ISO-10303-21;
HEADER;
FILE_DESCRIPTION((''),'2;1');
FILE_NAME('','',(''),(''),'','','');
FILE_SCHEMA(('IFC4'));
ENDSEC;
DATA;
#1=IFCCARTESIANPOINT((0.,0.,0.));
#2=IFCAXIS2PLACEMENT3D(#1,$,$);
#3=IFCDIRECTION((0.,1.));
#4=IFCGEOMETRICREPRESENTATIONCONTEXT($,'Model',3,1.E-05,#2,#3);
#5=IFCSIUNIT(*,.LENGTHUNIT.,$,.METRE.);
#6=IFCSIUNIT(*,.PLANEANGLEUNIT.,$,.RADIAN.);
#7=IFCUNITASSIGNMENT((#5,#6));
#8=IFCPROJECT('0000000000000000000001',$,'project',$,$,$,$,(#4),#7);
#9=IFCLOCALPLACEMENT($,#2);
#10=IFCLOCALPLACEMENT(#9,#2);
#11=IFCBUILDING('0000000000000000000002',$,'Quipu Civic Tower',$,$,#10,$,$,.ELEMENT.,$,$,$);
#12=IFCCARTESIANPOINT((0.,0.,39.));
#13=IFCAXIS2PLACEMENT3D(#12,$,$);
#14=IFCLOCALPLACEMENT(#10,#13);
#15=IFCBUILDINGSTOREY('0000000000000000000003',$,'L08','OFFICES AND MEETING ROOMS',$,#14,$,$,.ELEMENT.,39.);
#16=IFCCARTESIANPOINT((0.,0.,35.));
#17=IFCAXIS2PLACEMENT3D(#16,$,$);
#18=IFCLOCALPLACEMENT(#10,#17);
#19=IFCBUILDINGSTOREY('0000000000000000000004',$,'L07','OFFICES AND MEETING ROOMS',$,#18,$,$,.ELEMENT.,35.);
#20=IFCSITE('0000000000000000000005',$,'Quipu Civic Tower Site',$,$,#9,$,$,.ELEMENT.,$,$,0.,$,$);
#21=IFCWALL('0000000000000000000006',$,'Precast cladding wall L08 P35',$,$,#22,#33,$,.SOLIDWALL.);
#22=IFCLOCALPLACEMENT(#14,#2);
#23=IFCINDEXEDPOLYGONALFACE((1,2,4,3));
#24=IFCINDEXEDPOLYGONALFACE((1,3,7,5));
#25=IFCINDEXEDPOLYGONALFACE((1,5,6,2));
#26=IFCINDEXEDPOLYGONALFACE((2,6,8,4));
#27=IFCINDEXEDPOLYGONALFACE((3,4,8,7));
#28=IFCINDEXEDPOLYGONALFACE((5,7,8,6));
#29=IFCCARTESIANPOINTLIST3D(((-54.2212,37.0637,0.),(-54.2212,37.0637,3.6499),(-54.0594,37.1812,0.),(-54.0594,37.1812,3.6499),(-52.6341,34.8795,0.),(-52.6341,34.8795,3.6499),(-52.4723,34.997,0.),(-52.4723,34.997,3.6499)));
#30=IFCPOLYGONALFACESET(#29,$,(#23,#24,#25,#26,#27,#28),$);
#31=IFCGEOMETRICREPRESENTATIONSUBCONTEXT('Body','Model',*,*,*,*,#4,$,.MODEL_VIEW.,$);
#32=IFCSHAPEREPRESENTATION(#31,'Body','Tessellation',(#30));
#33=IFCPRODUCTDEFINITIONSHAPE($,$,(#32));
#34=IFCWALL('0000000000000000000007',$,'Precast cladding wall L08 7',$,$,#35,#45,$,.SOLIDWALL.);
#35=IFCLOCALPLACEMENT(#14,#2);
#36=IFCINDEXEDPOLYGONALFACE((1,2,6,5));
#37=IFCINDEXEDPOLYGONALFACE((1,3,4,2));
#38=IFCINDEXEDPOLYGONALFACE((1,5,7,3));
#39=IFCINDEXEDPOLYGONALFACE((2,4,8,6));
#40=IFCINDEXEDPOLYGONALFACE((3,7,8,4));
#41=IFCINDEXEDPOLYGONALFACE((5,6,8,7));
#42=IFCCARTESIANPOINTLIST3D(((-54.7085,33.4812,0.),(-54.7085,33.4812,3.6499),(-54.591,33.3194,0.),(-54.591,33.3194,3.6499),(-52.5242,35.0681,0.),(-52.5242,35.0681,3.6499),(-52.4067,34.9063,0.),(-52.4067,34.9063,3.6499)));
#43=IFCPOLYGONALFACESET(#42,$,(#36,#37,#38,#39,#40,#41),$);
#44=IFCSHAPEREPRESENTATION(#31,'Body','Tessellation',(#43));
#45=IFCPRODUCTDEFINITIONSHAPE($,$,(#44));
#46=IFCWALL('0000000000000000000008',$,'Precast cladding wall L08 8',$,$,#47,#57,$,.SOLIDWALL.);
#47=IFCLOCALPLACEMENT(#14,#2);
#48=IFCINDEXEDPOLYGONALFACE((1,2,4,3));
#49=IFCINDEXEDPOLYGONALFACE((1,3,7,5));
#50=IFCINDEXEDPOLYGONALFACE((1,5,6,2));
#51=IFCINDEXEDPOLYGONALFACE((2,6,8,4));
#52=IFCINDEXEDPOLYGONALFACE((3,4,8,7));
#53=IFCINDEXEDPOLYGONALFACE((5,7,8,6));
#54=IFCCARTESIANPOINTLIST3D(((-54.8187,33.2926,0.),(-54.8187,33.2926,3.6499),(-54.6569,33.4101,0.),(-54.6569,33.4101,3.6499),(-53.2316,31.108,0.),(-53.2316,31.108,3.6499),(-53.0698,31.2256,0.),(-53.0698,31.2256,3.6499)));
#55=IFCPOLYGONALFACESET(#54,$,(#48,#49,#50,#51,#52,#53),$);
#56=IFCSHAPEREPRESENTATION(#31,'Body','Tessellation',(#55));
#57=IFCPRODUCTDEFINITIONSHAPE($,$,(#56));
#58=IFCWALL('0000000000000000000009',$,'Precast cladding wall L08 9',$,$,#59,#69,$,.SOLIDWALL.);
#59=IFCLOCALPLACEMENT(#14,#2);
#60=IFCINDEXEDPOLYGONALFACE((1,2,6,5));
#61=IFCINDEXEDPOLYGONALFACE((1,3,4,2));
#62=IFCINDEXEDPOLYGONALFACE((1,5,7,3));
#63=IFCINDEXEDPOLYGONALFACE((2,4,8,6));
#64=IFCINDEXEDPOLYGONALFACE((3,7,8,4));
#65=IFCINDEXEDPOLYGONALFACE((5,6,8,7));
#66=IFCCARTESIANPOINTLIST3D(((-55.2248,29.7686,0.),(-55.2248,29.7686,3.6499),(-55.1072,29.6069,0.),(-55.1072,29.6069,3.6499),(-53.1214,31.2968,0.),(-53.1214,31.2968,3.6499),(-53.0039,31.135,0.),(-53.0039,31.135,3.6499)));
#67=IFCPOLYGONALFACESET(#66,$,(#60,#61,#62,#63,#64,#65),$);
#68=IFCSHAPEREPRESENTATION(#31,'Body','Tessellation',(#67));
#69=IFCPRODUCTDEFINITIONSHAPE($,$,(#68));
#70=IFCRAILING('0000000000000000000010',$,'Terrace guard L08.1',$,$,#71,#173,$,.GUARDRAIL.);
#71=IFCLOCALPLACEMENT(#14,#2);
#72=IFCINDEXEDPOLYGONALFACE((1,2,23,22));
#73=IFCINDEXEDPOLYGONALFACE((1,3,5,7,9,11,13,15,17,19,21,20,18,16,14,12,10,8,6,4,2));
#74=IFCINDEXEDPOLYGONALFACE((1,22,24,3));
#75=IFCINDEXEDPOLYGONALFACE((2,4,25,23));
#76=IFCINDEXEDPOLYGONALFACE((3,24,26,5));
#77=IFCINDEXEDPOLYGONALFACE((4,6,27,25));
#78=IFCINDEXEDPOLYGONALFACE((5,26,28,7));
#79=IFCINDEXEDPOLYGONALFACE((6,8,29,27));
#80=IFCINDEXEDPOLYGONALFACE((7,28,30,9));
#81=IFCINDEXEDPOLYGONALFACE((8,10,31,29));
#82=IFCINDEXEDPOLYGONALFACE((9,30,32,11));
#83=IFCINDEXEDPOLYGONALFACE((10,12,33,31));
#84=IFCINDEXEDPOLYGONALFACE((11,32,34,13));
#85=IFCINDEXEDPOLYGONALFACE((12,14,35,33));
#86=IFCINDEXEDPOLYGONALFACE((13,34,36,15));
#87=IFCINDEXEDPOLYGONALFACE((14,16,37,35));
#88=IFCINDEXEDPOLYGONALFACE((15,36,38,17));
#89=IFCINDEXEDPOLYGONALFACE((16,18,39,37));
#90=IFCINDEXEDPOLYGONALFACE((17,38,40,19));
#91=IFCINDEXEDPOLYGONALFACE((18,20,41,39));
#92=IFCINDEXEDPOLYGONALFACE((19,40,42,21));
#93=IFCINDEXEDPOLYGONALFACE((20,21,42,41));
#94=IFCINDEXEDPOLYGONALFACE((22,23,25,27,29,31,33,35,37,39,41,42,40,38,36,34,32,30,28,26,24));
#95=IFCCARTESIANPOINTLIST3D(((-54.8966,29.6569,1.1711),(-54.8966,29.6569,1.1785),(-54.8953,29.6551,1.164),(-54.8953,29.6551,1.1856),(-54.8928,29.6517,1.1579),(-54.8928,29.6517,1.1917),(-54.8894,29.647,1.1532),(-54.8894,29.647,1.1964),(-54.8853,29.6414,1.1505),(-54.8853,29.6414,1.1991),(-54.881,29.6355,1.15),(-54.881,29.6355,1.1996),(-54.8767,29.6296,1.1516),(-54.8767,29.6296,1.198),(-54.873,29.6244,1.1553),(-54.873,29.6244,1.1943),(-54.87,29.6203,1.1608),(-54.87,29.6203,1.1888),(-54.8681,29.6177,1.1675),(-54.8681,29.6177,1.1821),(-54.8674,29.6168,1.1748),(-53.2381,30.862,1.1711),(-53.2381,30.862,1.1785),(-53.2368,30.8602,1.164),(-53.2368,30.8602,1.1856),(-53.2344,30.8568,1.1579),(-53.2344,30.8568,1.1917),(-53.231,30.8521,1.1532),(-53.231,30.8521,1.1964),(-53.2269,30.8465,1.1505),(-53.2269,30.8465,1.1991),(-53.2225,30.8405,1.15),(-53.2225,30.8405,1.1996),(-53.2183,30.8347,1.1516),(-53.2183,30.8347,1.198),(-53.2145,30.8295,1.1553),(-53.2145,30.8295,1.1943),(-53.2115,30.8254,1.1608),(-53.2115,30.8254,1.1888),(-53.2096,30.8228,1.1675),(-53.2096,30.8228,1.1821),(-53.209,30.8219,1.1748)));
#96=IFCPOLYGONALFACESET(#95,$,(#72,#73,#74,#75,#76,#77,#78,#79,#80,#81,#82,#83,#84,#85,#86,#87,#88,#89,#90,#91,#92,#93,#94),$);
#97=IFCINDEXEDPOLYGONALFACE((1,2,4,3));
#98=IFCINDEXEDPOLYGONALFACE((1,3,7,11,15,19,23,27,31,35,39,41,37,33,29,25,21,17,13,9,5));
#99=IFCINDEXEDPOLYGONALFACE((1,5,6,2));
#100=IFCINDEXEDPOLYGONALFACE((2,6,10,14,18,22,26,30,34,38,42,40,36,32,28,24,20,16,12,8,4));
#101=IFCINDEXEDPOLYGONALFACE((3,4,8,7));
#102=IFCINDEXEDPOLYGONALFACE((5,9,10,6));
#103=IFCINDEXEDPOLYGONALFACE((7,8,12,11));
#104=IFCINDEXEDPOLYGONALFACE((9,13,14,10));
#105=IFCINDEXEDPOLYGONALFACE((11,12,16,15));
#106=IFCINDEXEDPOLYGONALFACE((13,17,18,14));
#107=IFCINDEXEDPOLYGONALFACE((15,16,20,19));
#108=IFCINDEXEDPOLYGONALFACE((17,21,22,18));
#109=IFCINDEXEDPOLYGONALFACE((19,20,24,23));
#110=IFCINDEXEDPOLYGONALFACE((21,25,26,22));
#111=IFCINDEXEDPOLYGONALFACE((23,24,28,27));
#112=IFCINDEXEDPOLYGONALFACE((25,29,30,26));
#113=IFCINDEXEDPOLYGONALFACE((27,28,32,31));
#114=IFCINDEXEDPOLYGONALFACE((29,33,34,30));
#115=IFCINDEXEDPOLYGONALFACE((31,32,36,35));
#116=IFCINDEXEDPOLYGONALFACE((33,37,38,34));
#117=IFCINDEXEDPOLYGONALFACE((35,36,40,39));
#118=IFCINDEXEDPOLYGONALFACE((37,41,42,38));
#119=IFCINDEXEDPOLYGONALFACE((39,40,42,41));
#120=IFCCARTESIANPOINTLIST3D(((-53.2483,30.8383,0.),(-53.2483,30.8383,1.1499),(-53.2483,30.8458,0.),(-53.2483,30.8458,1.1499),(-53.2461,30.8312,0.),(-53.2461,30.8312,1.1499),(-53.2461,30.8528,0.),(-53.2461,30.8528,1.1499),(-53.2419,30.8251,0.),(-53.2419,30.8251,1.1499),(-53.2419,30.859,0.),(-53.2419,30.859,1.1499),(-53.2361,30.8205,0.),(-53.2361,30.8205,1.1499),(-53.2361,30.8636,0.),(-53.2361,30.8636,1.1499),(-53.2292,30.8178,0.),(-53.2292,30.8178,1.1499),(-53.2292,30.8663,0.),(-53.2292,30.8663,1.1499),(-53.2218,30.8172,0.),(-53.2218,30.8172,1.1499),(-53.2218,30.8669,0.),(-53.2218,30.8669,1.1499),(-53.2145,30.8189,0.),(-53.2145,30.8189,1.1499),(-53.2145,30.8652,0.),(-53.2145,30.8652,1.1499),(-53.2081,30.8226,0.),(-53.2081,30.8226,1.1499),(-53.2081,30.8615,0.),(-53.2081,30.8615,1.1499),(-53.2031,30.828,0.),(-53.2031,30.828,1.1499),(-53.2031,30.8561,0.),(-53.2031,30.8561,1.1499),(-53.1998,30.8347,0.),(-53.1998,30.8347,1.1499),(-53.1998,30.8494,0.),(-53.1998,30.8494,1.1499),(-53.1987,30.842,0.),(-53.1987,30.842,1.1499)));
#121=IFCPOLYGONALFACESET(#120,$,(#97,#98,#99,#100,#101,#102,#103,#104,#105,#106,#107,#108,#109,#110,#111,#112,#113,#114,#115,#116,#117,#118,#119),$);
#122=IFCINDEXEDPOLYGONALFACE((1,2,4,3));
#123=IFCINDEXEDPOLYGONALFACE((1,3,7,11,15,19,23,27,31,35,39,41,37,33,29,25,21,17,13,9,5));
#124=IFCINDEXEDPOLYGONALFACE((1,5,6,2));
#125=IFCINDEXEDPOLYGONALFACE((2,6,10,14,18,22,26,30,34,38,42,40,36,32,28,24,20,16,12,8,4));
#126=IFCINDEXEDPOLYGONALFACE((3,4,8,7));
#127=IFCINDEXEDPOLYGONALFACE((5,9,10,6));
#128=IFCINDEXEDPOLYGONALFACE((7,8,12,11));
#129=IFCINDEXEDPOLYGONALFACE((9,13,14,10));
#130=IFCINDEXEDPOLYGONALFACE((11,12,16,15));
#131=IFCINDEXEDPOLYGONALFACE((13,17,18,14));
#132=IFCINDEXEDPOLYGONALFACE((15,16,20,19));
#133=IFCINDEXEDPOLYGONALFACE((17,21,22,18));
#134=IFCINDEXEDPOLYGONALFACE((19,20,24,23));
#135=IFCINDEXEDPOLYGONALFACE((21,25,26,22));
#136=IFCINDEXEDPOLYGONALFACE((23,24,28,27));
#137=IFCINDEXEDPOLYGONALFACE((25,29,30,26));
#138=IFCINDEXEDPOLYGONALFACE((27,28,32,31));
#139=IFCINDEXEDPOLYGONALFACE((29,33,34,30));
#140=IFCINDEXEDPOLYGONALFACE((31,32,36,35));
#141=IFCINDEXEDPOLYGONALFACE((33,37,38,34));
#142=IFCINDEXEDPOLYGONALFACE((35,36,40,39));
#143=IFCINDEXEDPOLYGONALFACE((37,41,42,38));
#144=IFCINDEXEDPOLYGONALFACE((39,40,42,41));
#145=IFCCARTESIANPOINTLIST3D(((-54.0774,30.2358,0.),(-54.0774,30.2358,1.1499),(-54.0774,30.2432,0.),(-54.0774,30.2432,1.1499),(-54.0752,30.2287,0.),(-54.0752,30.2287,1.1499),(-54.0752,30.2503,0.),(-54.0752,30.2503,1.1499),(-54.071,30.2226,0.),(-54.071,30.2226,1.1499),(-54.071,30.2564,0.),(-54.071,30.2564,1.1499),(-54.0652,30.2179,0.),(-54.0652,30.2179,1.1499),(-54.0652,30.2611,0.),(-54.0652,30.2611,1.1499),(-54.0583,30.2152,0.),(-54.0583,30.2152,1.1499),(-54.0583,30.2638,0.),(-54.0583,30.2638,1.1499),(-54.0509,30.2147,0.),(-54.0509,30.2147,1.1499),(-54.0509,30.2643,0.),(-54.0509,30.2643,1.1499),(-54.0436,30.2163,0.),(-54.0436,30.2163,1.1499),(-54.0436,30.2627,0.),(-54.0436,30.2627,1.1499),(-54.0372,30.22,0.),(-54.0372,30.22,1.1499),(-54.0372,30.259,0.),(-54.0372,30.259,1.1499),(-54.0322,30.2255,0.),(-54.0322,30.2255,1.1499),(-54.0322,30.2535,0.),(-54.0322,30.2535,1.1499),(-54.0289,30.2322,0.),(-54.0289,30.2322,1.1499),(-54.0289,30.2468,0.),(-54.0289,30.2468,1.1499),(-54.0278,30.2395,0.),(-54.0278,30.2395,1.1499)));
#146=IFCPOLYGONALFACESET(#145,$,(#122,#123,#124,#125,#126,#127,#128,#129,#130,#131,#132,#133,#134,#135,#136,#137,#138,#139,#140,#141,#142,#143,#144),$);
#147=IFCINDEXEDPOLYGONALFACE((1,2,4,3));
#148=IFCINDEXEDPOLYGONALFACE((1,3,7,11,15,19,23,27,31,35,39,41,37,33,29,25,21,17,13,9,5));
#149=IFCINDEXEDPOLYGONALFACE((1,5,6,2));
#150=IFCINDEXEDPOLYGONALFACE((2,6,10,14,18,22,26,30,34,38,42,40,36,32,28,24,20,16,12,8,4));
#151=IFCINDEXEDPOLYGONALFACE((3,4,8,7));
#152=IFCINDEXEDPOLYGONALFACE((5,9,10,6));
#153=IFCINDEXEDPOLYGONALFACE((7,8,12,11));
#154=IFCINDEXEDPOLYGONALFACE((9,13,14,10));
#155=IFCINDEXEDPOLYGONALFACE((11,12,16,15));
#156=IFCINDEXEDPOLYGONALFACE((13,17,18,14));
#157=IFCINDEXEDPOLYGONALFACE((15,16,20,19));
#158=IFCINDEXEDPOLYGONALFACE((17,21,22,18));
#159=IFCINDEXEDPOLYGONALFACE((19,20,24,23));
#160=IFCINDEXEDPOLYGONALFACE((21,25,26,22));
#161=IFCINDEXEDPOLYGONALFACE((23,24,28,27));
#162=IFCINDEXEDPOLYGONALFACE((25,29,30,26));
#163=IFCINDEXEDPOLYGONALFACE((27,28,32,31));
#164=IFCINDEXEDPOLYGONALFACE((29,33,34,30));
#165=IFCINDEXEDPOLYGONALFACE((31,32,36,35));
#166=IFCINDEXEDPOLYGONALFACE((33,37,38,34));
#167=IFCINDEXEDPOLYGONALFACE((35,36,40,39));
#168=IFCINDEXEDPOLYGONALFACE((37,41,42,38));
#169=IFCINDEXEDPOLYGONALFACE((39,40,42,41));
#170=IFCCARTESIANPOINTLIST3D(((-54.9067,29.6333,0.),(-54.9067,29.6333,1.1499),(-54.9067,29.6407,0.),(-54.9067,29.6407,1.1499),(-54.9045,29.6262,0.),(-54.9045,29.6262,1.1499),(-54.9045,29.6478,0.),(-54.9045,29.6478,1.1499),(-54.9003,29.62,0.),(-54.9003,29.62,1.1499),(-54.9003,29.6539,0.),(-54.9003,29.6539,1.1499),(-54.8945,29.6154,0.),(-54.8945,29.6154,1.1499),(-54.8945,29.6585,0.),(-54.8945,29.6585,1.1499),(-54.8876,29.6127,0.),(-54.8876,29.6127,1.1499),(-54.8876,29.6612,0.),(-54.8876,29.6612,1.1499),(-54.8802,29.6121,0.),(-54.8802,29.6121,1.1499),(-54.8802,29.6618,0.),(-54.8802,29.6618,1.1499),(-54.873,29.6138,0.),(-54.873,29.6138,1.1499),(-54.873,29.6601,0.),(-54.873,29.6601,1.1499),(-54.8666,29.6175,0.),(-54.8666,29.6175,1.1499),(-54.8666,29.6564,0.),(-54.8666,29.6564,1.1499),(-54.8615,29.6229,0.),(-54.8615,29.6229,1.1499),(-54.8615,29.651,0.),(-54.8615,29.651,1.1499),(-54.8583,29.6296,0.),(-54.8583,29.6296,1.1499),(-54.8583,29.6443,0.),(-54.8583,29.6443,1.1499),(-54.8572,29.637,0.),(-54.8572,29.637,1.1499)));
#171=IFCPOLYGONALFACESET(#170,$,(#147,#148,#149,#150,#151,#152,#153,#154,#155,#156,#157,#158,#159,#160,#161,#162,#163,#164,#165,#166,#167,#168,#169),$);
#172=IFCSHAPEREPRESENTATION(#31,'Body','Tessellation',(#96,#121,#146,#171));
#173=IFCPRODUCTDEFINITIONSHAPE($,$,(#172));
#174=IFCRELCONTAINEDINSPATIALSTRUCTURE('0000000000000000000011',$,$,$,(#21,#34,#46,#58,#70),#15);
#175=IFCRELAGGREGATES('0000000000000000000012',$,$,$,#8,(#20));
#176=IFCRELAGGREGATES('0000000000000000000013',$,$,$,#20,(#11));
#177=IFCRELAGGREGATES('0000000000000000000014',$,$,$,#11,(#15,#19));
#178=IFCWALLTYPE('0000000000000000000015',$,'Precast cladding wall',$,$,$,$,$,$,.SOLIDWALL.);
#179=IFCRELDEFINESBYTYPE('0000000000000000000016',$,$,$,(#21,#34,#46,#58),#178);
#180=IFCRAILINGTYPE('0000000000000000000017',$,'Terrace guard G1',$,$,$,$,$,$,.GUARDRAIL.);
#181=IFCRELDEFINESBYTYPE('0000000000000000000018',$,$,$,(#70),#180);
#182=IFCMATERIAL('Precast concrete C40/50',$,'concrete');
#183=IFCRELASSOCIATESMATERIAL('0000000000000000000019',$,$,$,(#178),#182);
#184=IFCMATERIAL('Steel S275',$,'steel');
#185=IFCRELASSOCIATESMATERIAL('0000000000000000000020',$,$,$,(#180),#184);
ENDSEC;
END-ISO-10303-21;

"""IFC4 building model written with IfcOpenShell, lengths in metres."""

from ifc_helpers import new_model, si_unit, direction, frame, frame_2d, origin, origin_2d, place, context, subcontext, project, spatial, rectangle, circle, extrude, material, type_object, element, save


model = new_model("IFC4")

# Units and contexts
model_context = context("Model", 3, precision=1e-05, world=origin(), true_north=direction((0.0, 1.0)))
body_context = subcontext(model_context, "Body", "Model", "MODEL_VIEW")
ifc_project = project(units=[si_unit("LENGTHUNIT", "METRE"), si_unit("PLANEANGLEUNIT", "RADIAN")], contexts=[model_context])

# Site, building, storey
site_placement = place(None, origin())
site = spatial("IfcSite", under=ifc_project, at=site_placement, Name="Quipu Civic Tower Site", CompositionType="ELEMENT", RefElevation=0.0)
building_placement = place(site_placement, origin())
building = spatial("IfcBuilding", under=site, at=building_placement, Name="Quipu Civic Tower", CompositionType="ELEMENT")
storey_1_placement = place(building_placement, frame((0.0, 0.0, 39.0)))
storey_1 = spatial("IfcBuildingStorey", under=building, at=storey_1_placement, Name="L08", Description="OFFICES AND MEETING ROOMS", CompositionType="ELEMENT", Elevation=39.0)

# Shared definitions
storey_2_placement = place(building_placement, frame((0.0, 0.0, 35.0)))
storey_2 = spatial("IfcBuildingStorey", under=building, at=storey_2_placement, Name="L07", Description="OFFICES AND MEETING ROOMS", CompositionType="ELEMENT", Elevation=35.0)

# Walls
ifc_material_1 = material(Name="Precast concrete C40/50", Category="concrete")
wall_type_1 = type_object("IfcWallType", Name="Precast cladding wall", PredefinedType="SOLIDWALL", material=ifc_material_1)
for number, where, z_axis, x_axis, name in (
    (1, (-54.1404, 37.1226, 0.0), (0.0, 0.0, 1.0), (0.587822, -0.80899, 0.0), "Precast cladding wall L08 P35"),
    (2, (-52.4653, 34.9873, 0.0), (0.0, 0.0, 1.0), (-0.809033, -0.587763, 0.0), "Precast cladding wall L08 7"),
):
    element("IfcWall", number, at=place(storey_1_placement, frame(where, z_axis=z_axis, x_axis=x_axis)), inside=storey_1, type_object=wall_type_1, Name=name, PredefinedType="SOLIDWALL", context=body_context, shape_type="SweptSolid", body=[
        extrude(rectangle(XDim=2.7, YDim=0.2, at=frame_2d((1.3501, 0.0))), origin(), (0.0, 0.0, 1.0), 3.6499),
    ])
wall_1_placement = place(storey_1_placement, frame((-54.7378, 33.3513, 0.0), z_axis=(0.0, 0.0, 1.0), x_axis=(0.587779, -0.809021, 0.0)))
element("IfcWall", 3, at=wall_1_placement, inside=storey_1, type_object=wall_type_1, Name="Precast cladding wall L08 8", PredefinedType="SOLIDWALL", context=body_context, shape_type="SweptSolid", body=[
    extrude(rectangle(XDim=2.7002, YDim=0.2, at=frame_2d((1.3501, 0.0))), origin(), (0.0, 0.0, 1.0), 3.6499),
])
wall_2_placement = place(storey_1_placement, frame((-53.0627, 31.2158, 0.0), z_axis=(0.0, 0.0, 1.0), x_axis=(-0.809024, -0.587775, 0.0)))
element("IfcWall", 4, at=wall_2_placement, inside=storey_1, type_object=wall_type_1, Name="Precast cladding wall L08 9", PredefinedType="SOLIDWALL", context=body_context, shape_type="SweptSolid", body=[
    extrude(rectangle(XDim=2.5999, YDim=0.2, at=frame_2d((1.2998, 0.0))), origin(), (0.0, 0.0, 1.0), 3.6499),
])

# Railing
ifc_material_2 = material(Name="Steel S275", Category="steel")
railing_type = type_object("IfcRailingType", Name="Terrace guard G1", PredefinedType="GUARDRAIL", material=ifc_material_2)
railing_placement = place(storey_1_placement, frame((-53.2236, 30.842, 0.0)))
element("IfcRailing", 5, at=railing_placement, inside=storey_1, type_object=railing_type, Name="Terrace guard L08.1", PredefinedType="GUARDRAIL", context=body_context, shape_type="SweptSolid", body=[
    extrude(circle(Radius=0.0249, at=origin_2d()), frame((0.0, 0.0, 1.1748), z_axis=(-0.808983, -0.587832, 0.0), x_axis=(0.587832, -0.808983, 0.0)), (0.0, 0.0, 1.0), 2.05),
    extrude(circle(Radius=0.0249, at=origin_2d()), origin(), (0.0, 0.0, 1.0), 1.1499),
    extrude(circle(Radius=0.0249, at=origin_2d()), frame((-0.8291, -0.6025, 0.0)), (0.0, 0.0, 1.0), 1.1499),
    extrude(circle(Radius=0.0249, at=origin_2d()), frame((-1.6584, -1.2051, 0.0)), (0.0, 0.0, 1.0), 1.1499),
])

save(model, "model.ifc")
